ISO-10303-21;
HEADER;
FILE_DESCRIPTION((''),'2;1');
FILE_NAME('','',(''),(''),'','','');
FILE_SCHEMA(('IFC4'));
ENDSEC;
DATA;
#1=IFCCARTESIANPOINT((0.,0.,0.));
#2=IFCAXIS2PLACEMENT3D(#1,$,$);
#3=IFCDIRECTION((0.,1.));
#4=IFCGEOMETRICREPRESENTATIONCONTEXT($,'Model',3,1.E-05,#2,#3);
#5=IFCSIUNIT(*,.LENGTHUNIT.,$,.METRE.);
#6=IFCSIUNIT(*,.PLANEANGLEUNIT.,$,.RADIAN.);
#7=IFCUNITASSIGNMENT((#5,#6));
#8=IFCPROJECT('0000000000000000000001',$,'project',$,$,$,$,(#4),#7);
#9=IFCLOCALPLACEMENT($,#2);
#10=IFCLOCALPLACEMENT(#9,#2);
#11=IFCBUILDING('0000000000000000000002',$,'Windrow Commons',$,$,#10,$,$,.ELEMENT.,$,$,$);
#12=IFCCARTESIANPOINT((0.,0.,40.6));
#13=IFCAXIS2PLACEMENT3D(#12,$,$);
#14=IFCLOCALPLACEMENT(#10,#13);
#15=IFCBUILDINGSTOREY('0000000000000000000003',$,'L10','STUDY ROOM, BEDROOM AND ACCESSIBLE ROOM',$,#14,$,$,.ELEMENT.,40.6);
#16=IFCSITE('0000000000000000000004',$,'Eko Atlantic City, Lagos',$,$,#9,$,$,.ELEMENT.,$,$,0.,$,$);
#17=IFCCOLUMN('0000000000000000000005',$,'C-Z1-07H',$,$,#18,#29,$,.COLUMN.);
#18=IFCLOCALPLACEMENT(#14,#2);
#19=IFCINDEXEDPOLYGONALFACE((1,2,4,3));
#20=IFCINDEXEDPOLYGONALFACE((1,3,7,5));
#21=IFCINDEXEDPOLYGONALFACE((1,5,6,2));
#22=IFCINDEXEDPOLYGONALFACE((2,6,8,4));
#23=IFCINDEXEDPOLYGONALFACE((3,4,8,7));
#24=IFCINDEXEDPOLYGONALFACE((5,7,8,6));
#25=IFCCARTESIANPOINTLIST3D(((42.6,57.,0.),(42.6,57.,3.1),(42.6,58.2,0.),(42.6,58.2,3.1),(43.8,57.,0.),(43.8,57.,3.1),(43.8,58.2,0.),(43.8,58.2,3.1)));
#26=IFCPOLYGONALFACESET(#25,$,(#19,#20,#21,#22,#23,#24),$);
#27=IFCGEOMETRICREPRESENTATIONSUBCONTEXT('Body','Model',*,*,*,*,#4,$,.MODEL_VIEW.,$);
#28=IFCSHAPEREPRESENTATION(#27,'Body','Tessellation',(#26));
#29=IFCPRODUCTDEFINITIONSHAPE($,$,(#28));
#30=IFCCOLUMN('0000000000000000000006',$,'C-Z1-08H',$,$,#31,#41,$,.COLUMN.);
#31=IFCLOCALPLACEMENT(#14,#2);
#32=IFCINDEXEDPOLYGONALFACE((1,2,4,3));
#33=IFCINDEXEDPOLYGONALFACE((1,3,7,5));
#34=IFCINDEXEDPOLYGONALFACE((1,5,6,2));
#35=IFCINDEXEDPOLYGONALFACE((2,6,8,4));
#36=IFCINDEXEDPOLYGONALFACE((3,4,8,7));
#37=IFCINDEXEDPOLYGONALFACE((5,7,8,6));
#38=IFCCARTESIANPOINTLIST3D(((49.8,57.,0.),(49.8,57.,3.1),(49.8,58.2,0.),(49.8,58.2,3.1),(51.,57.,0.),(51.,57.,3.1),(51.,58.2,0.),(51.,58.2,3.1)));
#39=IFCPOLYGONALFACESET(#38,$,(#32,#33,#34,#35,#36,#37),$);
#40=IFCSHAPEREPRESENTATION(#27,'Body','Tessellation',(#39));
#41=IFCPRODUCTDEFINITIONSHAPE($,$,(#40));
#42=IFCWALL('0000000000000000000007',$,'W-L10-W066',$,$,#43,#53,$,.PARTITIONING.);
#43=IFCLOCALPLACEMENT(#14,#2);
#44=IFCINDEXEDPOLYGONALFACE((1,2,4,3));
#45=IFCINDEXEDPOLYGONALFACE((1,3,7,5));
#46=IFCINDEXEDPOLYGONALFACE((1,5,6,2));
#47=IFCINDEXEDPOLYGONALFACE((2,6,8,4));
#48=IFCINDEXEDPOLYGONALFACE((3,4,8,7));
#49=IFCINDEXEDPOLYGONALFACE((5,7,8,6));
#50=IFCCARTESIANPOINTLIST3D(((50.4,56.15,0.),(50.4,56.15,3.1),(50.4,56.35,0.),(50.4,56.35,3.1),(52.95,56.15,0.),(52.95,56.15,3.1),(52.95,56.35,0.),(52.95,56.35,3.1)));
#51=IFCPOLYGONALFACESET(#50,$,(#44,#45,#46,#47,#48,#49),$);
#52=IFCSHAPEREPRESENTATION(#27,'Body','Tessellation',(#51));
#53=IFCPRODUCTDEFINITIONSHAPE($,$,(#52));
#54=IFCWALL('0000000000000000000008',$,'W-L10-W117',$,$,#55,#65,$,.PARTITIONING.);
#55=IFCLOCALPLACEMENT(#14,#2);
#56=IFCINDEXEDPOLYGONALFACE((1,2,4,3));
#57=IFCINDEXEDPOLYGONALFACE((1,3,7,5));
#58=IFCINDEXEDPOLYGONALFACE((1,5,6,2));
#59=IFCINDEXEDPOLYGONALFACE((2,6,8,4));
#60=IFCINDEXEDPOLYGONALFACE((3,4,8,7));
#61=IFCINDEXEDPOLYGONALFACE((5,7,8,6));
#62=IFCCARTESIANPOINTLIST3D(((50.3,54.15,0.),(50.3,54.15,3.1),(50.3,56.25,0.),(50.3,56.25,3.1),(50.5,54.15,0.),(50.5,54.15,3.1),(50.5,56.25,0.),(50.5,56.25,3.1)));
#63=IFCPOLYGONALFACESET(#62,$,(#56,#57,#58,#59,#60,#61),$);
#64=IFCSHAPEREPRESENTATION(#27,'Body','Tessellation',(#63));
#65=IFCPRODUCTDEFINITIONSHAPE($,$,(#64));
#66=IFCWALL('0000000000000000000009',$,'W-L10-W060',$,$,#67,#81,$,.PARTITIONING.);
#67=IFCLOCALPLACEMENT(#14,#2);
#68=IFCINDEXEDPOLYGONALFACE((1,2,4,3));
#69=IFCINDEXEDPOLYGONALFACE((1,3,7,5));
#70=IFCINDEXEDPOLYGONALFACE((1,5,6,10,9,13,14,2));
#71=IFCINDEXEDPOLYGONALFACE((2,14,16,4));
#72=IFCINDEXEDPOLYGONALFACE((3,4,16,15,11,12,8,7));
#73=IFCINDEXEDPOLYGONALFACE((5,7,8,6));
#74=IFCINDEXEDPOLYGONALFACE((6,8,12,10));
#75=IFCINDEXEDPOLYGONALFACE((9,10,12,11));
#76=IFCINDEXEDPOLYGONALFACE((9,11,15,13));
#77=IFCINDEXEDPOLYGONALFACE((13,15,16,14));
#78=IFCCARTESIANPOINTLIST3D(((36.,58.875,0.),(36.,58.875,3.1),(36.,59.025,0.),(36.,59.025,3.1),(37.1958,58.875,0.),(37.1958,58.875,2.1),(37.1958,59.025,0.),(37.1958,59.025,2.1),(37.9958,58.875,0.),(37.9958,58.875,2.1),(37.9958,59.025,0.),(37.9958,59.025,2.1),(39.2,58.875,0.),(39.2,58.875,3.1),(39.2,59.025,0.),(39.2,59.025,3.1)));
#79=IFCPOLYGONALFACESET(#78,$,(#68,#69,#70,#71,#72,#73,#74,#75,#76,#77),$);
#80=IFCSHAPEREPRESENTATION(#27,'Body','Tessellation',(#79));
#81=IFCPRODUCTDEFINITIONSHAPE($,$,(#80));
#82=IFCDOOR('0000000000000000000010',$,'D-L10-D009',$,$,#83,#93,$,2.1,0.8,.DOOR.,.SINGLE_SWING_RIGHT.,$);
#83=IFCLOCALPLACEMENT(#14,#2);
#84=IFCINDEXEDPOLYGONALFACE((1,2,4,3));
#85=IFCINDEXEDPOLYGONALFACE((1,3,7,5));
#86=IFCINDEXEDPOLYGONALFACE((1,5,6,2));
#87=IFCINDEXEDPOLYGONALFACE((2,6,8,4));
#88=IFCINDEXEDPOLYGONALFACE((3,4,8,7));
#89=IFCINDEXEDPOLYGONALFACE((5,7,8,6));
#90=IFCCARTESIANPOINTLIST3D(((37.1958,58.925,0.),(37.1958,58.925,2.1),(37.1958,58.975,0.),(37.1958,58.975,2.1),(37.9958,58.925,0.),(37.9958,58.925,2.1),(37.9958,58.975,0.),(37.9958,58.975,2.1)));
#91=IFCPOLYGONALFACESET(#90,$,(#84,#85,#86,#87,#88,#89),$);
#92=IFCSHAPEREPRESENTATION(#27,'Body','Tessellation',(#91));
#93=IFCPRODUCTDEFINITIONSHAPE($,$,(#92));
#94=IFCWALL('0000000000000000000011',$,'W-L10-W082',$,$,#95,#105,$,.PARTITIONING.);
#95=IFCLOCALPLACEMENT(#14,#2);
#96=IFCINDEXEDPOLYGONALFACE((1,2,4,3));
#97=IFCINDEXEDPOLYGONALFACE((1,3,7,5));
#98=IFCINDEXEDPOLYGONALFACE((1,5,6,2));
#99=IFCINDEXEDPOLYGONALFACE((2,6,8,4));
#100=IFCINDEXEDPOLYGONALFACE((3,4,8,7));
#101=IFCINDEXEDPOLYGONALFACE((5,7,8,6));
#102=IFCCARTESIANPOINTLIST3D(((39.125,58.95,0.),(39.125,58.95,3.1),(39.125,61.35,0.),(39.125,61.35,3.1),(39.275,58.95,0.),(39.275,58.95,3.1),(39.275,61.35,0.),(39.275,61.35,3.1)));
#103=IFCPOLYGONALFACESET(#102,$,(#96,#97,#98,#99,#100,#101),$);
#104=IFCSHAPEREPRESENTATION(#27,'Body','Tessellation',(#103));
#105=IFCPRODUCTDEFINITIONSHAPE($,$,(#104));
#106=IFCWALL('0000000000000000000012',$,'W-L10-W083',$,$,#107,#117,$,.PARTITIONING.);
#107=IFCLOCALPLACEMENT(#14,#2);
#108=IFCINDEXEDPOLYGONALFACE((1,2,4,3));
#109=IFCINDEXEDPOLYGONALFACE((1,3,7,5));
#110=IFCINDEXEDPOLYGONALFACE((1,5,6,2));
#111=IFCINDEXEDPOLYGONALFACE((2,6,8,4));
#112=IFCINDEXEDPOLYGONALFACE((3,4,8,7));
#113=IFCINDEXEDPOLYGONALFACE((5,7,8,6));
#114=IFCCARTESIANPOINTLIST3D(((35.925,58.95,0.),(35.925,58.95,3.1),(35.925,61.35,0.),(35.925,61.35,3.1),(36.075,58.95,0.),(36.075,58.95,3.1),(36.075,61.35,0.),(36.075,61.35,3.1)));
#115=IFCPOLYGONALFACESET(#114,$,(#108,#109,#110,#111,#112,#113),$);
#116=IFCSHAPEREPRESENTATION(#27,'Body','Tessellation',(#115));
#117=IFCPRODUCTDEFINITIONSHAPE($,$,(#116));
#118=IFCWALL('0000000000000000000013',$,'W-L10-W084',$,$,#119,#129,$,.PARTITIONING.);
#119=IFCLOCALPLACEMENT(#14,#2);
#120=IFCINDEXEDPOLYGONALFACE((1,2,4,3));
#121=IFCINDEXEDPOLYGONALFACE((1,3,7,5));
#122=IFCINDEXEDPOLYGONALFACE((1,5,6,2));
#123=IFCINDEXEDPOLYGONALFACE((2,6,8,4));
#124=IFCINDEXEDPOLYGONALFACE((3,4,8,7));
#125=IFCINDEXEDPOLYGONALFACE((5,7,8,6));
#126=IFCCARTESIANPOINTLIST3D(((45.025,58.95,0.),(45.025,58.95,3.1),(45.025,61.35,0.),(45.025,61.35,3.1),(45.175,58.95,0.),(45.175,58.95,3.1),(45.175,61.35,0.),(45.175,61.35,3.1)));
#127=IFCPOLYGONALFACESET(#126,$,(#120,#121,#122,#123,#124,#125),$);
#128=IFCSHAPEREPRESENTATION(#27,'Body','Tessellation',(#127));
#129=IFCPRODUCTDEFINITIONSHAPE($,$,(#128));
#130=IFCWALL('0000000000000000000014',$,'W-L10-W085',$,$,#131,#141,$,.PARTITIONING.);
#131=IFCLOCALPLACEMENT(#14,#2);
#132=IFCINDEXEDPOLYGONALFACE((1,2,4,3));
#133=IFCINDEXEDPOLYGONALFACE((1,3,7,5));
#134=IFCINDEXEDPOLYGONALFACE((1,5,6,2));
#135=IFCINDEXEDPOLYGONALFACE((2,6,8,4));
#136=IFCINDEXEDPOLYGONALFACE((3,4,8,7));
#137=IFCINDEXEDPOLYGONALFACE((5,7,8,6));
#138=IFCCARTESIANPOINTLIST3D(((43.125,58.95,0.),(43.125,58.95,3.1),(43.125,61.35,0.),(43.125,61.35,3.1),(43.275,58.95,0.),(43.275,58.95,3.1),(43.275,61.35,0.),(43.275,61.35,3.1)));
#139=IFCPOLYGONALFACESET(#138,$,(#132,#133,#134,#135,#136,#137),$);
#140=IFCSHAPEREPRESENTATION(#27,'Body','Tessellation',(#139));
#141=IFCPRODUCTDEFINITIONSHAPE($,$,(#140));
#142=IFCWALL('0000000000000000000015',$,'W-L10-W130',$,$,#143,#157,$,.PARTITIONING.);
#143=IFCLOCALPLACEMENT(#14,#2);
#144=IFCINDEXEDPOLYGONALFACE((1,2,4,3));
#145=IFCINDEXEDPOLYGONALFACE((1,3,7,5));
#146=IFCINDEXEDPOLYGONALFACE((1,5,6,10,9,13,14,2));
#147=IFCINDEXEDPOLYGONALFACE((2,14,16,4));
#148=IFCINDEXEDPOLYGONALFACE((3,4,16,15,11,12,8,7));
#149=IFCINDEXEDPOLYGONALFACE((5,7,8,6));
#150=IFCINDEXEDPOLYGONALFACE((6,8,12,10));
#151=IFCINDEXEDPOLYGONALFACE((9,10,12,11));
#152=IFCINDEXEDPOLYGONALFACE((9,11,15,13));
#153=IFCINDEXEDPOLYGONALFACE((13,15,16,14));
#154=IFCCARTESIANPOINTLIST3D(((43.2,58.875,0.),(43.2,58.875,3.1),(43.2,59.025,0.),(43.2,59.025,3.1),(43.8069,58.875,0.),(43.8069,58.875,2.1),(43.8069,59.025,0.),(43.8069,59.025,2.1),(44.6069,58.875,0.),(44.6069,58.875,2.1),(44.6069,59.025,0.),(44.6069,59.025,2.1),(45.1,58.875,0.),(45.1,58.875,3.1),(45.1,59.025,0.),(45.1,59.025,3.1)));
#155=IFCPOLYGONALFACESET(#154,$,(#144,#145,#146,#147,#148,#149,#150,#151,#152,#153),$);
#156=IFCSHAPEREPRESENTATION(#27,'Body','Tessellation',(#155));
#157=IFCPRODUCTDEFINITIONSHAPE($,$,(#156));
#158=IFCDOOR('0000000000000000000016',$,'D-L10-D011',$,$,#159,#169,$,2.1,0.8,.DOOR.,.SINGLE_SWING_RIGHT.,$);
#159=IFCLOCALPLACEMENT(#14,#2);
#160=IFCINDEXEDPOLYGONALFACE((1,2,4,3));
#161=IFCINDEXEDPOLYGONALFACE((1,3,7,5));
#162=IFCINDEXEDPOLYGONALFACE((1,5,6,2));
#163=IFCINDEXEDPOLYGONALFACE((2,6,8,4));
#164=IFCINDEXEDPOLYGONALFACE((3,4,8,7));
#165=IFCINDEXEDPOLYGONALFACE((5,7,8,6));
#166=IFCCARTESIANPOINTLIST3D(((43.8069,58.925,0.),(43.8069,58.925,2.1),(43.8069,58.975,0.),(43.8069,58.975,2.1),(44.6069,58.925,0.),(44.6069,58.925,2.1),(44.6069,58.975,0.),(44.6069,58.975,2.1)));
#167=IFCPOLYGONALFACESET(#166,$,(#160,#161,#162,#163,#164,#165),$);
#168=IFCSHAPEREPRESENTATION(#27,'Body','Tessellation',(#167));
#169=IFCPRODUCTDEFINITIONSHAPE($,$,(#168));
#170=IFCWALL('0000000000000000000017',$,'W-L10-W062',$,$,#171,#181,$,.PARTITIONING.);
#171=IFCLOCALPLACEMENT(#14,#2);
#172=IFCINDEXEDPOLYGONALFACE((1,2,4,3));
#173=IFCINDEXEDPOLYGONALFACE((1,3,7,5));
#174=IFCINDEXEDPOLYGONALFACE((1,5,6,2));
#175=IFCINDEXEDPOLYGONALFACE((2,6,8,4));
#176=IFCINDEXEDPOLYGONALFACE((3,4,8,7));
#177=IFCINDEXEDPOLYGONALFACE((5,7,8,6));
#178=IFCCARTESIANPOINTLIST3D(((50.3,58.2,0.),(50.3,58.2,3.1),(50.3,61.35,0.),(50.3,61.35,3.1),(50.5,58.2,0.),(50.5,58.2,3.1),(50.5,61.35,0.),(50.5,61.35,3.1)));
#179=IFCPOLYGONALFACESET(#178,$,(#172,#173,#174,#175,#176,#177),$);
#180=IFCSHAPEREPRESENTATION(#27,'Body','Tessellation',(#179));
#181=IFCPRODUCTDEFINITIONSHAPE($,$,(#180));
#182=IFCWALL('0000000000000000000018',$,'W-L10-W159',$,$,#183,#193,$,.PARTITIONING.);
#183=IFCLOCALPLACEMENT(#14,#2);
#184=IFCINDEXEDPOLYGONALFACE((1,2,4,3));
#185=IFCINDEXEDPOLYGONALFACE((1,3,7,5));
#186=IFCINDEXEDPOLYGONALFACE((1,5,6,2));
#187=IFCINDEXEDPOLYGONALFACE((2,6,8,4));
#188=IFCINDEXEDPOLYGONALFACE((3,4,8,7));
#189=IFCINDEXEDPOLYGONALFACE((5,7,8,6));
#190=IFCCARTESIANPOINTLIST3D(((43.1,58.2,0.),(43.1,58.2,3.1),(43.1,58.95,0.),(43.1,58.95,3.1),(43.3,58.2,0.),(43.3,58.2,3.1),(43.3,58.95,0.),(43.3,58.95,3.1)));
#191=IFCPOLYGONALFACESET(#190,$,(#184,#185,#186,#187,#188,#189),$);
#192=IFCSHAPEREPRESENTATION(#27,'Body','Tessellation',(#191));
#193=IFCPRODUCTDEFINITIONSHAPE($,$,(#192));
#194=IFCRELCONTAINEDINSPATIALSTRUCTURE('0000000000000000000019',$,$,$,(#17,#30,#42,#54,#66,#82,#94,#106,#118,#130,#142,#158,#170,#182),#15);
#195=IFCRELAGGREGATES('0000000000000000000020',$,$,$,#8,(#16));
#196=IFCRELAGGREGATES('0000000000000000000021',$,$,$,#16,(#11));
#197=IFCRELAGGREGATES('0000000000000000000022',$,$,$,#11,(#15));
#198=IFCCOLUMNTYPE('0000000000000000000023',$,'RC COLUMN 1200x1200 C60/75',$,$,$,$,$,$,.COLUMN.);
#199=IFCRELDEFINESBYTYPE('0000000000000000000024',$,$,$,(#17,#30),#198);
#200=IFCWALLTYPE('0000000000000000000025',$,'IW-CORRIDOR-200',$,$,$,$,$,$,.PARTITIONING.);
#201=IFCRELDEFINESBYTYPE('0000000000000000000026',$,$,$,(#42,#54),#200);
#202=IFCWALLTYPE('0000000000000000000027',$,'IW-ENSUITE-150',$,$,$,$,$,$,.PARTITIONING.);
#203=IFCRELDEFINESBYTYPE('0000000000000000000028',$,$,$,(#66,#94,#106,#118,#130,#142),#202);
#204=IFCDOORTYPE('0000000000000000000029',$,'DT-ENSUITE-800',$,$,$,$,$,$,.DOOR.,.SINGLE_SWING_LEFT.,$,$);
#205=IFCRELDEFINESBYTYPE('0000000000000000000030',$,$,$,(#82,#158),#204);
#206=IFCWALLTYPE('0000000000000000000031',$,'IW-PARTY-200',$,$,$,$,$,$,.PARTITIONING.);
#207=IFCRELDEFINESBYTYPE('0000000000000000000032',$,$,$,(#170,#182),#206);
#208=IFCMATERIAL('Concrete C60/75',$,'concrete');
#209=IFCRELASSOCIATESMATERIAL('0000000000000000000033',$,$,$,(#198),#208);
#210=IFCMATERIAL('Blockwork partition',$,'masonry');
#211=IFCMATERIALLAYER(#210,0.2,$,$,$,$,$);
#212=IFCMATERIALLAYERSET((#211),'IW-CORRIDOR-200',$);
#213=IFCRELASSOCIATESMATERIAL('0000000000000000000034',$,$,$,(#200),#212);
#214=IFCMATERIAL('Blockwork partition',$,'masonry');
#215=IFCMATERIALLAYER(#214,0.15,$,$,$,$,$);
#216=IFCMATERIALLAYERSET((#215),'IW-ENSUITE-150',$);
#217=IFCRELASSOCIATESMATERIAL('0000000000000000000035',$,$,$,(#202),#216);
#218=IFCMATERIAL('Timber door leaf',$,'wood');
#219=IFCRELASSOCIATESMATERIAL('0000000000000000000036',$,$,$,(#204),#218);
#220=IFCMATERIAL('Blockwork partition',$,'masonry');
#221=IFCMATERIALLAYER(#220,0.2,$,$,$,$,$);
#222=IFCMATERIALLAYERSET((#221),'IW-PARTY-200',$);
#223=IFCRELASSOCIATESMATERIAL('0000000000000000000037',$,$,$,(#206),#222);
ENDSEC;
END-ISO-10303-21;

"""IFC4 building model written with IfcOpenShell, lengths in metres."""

from ifc_helpers import new_model, si_unit, direction, frame, frame_2d, origin, origin_2d, place, context, subcontext, project, spatial, rectangle, extrude, material, layer, layer_set, material_profile, profile_set, type_object, element, fill, save


model = new_model("IFC4")

# Units and contexts
model_context = context("Model", 3, precision=1e-05, world=origin(), true_north=direction((0.0, 1.0)))
body_context = subcontext(model_context, "Body", "Model", "MODEL_VIEW")
ifc_project = project(units=[si_unit("LENGTHUNIT", "METRE"), si_unit("PLANEANGLEUNIT", "RADIAN")], contexts=[model_context])

# Site, building, storey
site_placement = place(None, origin())
site = spatial("IfcSite", under=ifc_project, at=site_placement, Name="Eko Atlantic City, Lagos", CompositionType="ELEMENT", RefElevation=0.0)
building_placement = place(site_placement, origin())
building = spatial("IfcBuilding", under=site, at=building_placement, Name="Windrow Commons", CompositionType="ELEMENT")
storey_placement = place(building_placement, frame((0.0, 0.0, 40.6)))
storey = spatial("IfcBuildingStorey", under=building, at=storey_placement, Name="L10", Description="STUDY ROOM, BEDROOM AND ACCESSIBLE ROOM", CompositionType="ELEMENT", Elevation=40.6)

# Columns
ifc_material_1 = material(Name="Concrete C60/75", Category="concrete")
ifc_material_profile = material_profile(ifc_material_1, rectangle(XDim=1.2, YDim=1.2, at=origin_2d()))
ifc_profile_set = profile_set([ifc_material_profile], Name="Concrete C60/75")
column_type = type_object("IfcColumnType", Name="RC COLUMN 1200x1200 C60/75", PredefinedType="COLUMN", material=ifc_profile_set)
for number, where, z_axis, x_axis, name in (
    (1, (43.2, 57.6, 0.0), (0.0, 0.0, 1.0), (1.0, 0.0, 0.0), "C-Z1-07H"),
    (2, (50.4, 57.6, 0.0), (0.0, 0.0, 1.0), (1.0, 0.0, 0.0), "C-Z1-08H"),
):
    element("IfcColumn", number, at=place(storey_placement, frame(where, z_axis=z_axis, x_axis=x_axis)), inside=storey, type_object=column_type, Name=name, PredefinedType="COLUMN", context=body_context, shape_type="SweptSolid", body=[
        extrude(rectangle(XDim=1.2, YDim=1.2, at=origin_2d()), origin(), (0.0, 0.0, 1.0), 3.1),
    ])

# Walls
ifc_material_2 = material(Name="Blockwork partition", Category="masonry")
ifc_layer_1 = layer(ifc_material_2, 0.2)
ifc_layer_set_1 = layer_set([ifc_layer_1], Name="IW-CORRIDOR-200")
wall_type_1 = type_object("IfcWallType", Name="IW-CORRIDOR-200", PredefinedType="PARTITIONING", material=ifc_layer_set_1)
wall_1_placement = place(storey_placement, frame((50.4, 56.25, 0.0), z_axis=(0.0, 0.0, 1.0), x_axis=(1.0, 0.0, 0.0)))
element("IfcWall", 3, at=wall_1_placement, inside=storey, type_object=wall_type_1, Name="W-L10-W066", PredefinedType="PARTITIONING", context=body_context, shape_type="SweptSolid", body=[
    extrude(rectangle(XDim=2.55, YDim=0.2, at=frame_2d((1.275, 0.0))), origin(), (0.0, 0.0, 1.0), 3.1),
])
wall_2_placement = place(storey_placement, frame((50.4, 54.15, 0.0), z_axis=(0.0, 0.0, 1.0), x_axis=(0.0, 1.0, 0.0)))
element("IfcWall", 4, at=wall_2_placement, inside=storey, type_object=wall_type_1, Name="W-L10-W117", PredefinedType="PARTITIONING", context=body_context, shape_type="SweptSolid", body=[
    extrude(rectangle(XDim=2.1, YDim=0.2, at=frame_2d((1.05, 0.0))), origin(), (0.0, 0.0, 1.0), 3.1),
])

# Wall, opening, door
ifc_material_3 = material(Name="Blockwork partition", Category="masonry")
ifc_layer_2 = layer(ifc_material_3, 0.15)
ifc_layer_set_2 = layer_set([ifc_layer_2], Name="IW-ENSUITE-150")
wall_type_2 = type_object("IfcWallType", Name="IW-ENSUITE-150", PredefinedType="PARTITIONING", material=ifc_layer_set_2)
wall_3_placement = place(storey_placement, frame((36.0, 58.95, 0.0), z_axis=(0.0, 0.0, 1.0), x_axis=(1.0, 0.0, 0.0)))
wall_3 = element("IfcWall", 5, at=wall_3_placement, inside=storey, type_object=wall_type_2, Name="W-L10-W060", PredefinedType="PARTITIONING", context=body_context, shape_type="SweptSolid", body=[
    extrude(rectangle(XDim=3.2, YDim=0.15, at=frame_2d((1.6, 0.0))), origin(), (0.0, 0.0, 1.0), 3.1),
])
opening_1_placement = place(wall_3_placement, frame((1.1958, 0.0, 0.0)))
opening_1 = element("IfcOpeningElement", 6, at=opening_1_placement, cuts=wall_3, PredefinedType="OPENING", context=body_context, shape_type="SweptSolid", body=[
    extrude(rectangle(XDim=0.8, YDim=2.1, at=frame_2d((0.4, 1.05))), frame((0.0, 0.085, 0.0), z_axis=(0.0, -1.0, 0.0), x_axis=(1.0, 0.0, 0.0)), (0.0, 0.0, 1.0), 0.17),
])
ifc_material_4 = material(Name="Timber door leaf", Category="wood")
door_type = type_object("IfcDoorType", Name="DT-ENSUITE-800", OperationType="SINGLE_SWING_LEFT", PredefinedType="DOOR", material=ifc_material_4)
door_1_placement = place(opening_1_placement, origin())
door_1 = element("IfcDoor", 7, at=door_1_placement, inside=storey, type_object=door_type, Name="D-L10-D009", OperationType="SINGLE_SWING_RIGHT", OverallHeight=2.1, OverallWidth=0.8, PredefinedType="DOOR", context=body_context, shape_type="SweptSolid", body=[
    extrude(rectangle(XDim=0.8, YDim=2.1, at=frame_2d((0.4, 1.05))), frame((0.0, 0.025, 0.0), z_axis=(0.0, -1.0, 0.0), x_axis=(1.0, 0.0, 0.0)), (0.0, 0.0, 1.0), 0.05),
])
fill(opening_1, door_1)

# Walls
for number, where, z_axis, x_axis, name in (
    (8, (39.2, 58.95, 0.0), (0.0, 0.0, 1.0), (0.0, 1.0, 0.0), "W-L10-W082"),
    (9, (36.0, 58.95, 0.0), (0.0, 0.0, 1.0), (0.0, 1.0, 0.0), "W-L10-W083"),
    (10, (45.1, 58.95, 0.0), (0.0, 0.0, 1.0), (0.0, 1.0, 0.0), "W-L10-W084"),
    (11, (43.2, 58.95, 0.0), (0.0, 0.0, 1.0), (0.0, 1.0, 0.0), "W-L10-W085"),
):
    element("IfcWall", number, at=place(storey_placement, frame(where, z_axis=z_axis, x_axis=x_axis)), inside=storey, type_object=wall_type_2, Name=name, PredefinedType="PARTITIONING", context=body_context, shape_type="SweptSolid", body=[
        extrude(rectangle(XDim=2.4, YDim=0.15, at=frame_2d((1.2, 0.0))), origin(), (0.0, 0.0, 1.0), 3.1),
    ])

# Wall, opening, door
wall_4_placement = place(storey_placement, frame((43.2, 58.95, 0.0), z_axis=(0.0, 0.0, 1.0), x_axis=(1.0, 0.0, 0.0)))
wall_4 = element("IfcWall", 12, at=wall_4_placement, inside=storey, type_object=wall_type_2, Name="W-L10-W130", PredefinedType="PARTITIONING", context=body_context, shape_type="SweptSolid", body=[
    extrude(rectangle(XDim=1.9, YDim=0.15, at=frame_2d((0.95, 0.0))), origin(), (0.0, 0.0, 1.0), 3.1),
])
opening_2_placement = place(wall_4_placement, frame((0.6069, 0.0, 0.0)))
opening_2 = element("IfcOpeningElement", 13, at=opening_2_placement, cuts=wall_4, PredefinedType="OPENING", context=body_context, shape_type="SweptSolid", body=[
    extrude(rectangle(XDim=0.8, YDim=2.1, at=frame_2d((0.4, 1.05))), frame((0.0, 0.085, 0.0), z_axis=(0.0, -1.0, 0.0), x_axis=(1.0, 0.0, 0.0)), (0.0, 0.0, 1.0), 0.17),
])
door_2_placement = place(opening_2_placement, origin())
door_2 = element("IfcDoor", 14, at=door_2_placement, inside=storey, type_object=door_type, Name="D-L10-D011", OperationType="SINGLE_SWING_RIGHT", OverallHeight=2.1, OverallWidth=0.8, PredefinedType="DOOR", context=body_context, shape_type="SweptSolid", body=[
    extrude(rectangle(XDim=0.8, YDim=2.1, at=frame_2d((0.4, 1.05))), frame((0.0, 0.025, 0.0), z_axis=(0.0, -1.0, 0.0), x_axis=(1.0, 0.0, 0.0)), (0.0, 0.0, 1.0), 0.05),
])
fill(opening_2, door_2)

# Walls
ifc_material_5 = material(Name="Blockwork partition", Category="masonry")
ifc_layer_3 = layer(ifc_material_5, 0.2)
ifc_layer_set_3 = layer_set([ifc_layer_3], Name="IW-PARTY-200")
wall_type_3 = type_object("IfcWallType", Name="IW-PARTY-200", PredefinedType="PARTITIONING", material=ifc_layer_set_3)
wall_5_placement = place(storey_placement, frame((50.4, 58.2, 0.0), z_axis=(0.0, 0.0, 1.0), x_axis=(0.0, 1.0, 0.0)))
element("IfcWall", 15, at=wall_5_placement, inside=storey, type_object=wall_type_3, Name="W-L10-W062", PredefinedType="PARTITIONING", context=body_context, shape_type="SweptSolid", body=[
    extrude(rectangle(XDim=3.15, YDim=0.2, at=frame_2d((1.575, 0.0))), origin(), (0.0, 0.0, 1.0), 3.1),
])
for number, where, z_axis, x_axis, name in (
    (16, (43.2, 58.2, 0.0), (0.0, 0.0, 1.0), (0.0, 1.0, 0.0), "W-L10-W159"),
):
    element("IfcWall", number, at=place(storey_placement, frame(where, z_axis=z_axis, x_axis=x_axis)), inside=storey, type_object=wall_type_3, Name=name, PredefinedType="PARTITIONING", context=body_context, shape_type="SweptSolid", body=[
        extrude(rectangle(XDim=0.75, YDim=0.2, at=frame_2d((0.375, 0.0))), origin(), (0.0, 0.0, 1.0), 3.1),
    ])

save(model, "model.ifc")
